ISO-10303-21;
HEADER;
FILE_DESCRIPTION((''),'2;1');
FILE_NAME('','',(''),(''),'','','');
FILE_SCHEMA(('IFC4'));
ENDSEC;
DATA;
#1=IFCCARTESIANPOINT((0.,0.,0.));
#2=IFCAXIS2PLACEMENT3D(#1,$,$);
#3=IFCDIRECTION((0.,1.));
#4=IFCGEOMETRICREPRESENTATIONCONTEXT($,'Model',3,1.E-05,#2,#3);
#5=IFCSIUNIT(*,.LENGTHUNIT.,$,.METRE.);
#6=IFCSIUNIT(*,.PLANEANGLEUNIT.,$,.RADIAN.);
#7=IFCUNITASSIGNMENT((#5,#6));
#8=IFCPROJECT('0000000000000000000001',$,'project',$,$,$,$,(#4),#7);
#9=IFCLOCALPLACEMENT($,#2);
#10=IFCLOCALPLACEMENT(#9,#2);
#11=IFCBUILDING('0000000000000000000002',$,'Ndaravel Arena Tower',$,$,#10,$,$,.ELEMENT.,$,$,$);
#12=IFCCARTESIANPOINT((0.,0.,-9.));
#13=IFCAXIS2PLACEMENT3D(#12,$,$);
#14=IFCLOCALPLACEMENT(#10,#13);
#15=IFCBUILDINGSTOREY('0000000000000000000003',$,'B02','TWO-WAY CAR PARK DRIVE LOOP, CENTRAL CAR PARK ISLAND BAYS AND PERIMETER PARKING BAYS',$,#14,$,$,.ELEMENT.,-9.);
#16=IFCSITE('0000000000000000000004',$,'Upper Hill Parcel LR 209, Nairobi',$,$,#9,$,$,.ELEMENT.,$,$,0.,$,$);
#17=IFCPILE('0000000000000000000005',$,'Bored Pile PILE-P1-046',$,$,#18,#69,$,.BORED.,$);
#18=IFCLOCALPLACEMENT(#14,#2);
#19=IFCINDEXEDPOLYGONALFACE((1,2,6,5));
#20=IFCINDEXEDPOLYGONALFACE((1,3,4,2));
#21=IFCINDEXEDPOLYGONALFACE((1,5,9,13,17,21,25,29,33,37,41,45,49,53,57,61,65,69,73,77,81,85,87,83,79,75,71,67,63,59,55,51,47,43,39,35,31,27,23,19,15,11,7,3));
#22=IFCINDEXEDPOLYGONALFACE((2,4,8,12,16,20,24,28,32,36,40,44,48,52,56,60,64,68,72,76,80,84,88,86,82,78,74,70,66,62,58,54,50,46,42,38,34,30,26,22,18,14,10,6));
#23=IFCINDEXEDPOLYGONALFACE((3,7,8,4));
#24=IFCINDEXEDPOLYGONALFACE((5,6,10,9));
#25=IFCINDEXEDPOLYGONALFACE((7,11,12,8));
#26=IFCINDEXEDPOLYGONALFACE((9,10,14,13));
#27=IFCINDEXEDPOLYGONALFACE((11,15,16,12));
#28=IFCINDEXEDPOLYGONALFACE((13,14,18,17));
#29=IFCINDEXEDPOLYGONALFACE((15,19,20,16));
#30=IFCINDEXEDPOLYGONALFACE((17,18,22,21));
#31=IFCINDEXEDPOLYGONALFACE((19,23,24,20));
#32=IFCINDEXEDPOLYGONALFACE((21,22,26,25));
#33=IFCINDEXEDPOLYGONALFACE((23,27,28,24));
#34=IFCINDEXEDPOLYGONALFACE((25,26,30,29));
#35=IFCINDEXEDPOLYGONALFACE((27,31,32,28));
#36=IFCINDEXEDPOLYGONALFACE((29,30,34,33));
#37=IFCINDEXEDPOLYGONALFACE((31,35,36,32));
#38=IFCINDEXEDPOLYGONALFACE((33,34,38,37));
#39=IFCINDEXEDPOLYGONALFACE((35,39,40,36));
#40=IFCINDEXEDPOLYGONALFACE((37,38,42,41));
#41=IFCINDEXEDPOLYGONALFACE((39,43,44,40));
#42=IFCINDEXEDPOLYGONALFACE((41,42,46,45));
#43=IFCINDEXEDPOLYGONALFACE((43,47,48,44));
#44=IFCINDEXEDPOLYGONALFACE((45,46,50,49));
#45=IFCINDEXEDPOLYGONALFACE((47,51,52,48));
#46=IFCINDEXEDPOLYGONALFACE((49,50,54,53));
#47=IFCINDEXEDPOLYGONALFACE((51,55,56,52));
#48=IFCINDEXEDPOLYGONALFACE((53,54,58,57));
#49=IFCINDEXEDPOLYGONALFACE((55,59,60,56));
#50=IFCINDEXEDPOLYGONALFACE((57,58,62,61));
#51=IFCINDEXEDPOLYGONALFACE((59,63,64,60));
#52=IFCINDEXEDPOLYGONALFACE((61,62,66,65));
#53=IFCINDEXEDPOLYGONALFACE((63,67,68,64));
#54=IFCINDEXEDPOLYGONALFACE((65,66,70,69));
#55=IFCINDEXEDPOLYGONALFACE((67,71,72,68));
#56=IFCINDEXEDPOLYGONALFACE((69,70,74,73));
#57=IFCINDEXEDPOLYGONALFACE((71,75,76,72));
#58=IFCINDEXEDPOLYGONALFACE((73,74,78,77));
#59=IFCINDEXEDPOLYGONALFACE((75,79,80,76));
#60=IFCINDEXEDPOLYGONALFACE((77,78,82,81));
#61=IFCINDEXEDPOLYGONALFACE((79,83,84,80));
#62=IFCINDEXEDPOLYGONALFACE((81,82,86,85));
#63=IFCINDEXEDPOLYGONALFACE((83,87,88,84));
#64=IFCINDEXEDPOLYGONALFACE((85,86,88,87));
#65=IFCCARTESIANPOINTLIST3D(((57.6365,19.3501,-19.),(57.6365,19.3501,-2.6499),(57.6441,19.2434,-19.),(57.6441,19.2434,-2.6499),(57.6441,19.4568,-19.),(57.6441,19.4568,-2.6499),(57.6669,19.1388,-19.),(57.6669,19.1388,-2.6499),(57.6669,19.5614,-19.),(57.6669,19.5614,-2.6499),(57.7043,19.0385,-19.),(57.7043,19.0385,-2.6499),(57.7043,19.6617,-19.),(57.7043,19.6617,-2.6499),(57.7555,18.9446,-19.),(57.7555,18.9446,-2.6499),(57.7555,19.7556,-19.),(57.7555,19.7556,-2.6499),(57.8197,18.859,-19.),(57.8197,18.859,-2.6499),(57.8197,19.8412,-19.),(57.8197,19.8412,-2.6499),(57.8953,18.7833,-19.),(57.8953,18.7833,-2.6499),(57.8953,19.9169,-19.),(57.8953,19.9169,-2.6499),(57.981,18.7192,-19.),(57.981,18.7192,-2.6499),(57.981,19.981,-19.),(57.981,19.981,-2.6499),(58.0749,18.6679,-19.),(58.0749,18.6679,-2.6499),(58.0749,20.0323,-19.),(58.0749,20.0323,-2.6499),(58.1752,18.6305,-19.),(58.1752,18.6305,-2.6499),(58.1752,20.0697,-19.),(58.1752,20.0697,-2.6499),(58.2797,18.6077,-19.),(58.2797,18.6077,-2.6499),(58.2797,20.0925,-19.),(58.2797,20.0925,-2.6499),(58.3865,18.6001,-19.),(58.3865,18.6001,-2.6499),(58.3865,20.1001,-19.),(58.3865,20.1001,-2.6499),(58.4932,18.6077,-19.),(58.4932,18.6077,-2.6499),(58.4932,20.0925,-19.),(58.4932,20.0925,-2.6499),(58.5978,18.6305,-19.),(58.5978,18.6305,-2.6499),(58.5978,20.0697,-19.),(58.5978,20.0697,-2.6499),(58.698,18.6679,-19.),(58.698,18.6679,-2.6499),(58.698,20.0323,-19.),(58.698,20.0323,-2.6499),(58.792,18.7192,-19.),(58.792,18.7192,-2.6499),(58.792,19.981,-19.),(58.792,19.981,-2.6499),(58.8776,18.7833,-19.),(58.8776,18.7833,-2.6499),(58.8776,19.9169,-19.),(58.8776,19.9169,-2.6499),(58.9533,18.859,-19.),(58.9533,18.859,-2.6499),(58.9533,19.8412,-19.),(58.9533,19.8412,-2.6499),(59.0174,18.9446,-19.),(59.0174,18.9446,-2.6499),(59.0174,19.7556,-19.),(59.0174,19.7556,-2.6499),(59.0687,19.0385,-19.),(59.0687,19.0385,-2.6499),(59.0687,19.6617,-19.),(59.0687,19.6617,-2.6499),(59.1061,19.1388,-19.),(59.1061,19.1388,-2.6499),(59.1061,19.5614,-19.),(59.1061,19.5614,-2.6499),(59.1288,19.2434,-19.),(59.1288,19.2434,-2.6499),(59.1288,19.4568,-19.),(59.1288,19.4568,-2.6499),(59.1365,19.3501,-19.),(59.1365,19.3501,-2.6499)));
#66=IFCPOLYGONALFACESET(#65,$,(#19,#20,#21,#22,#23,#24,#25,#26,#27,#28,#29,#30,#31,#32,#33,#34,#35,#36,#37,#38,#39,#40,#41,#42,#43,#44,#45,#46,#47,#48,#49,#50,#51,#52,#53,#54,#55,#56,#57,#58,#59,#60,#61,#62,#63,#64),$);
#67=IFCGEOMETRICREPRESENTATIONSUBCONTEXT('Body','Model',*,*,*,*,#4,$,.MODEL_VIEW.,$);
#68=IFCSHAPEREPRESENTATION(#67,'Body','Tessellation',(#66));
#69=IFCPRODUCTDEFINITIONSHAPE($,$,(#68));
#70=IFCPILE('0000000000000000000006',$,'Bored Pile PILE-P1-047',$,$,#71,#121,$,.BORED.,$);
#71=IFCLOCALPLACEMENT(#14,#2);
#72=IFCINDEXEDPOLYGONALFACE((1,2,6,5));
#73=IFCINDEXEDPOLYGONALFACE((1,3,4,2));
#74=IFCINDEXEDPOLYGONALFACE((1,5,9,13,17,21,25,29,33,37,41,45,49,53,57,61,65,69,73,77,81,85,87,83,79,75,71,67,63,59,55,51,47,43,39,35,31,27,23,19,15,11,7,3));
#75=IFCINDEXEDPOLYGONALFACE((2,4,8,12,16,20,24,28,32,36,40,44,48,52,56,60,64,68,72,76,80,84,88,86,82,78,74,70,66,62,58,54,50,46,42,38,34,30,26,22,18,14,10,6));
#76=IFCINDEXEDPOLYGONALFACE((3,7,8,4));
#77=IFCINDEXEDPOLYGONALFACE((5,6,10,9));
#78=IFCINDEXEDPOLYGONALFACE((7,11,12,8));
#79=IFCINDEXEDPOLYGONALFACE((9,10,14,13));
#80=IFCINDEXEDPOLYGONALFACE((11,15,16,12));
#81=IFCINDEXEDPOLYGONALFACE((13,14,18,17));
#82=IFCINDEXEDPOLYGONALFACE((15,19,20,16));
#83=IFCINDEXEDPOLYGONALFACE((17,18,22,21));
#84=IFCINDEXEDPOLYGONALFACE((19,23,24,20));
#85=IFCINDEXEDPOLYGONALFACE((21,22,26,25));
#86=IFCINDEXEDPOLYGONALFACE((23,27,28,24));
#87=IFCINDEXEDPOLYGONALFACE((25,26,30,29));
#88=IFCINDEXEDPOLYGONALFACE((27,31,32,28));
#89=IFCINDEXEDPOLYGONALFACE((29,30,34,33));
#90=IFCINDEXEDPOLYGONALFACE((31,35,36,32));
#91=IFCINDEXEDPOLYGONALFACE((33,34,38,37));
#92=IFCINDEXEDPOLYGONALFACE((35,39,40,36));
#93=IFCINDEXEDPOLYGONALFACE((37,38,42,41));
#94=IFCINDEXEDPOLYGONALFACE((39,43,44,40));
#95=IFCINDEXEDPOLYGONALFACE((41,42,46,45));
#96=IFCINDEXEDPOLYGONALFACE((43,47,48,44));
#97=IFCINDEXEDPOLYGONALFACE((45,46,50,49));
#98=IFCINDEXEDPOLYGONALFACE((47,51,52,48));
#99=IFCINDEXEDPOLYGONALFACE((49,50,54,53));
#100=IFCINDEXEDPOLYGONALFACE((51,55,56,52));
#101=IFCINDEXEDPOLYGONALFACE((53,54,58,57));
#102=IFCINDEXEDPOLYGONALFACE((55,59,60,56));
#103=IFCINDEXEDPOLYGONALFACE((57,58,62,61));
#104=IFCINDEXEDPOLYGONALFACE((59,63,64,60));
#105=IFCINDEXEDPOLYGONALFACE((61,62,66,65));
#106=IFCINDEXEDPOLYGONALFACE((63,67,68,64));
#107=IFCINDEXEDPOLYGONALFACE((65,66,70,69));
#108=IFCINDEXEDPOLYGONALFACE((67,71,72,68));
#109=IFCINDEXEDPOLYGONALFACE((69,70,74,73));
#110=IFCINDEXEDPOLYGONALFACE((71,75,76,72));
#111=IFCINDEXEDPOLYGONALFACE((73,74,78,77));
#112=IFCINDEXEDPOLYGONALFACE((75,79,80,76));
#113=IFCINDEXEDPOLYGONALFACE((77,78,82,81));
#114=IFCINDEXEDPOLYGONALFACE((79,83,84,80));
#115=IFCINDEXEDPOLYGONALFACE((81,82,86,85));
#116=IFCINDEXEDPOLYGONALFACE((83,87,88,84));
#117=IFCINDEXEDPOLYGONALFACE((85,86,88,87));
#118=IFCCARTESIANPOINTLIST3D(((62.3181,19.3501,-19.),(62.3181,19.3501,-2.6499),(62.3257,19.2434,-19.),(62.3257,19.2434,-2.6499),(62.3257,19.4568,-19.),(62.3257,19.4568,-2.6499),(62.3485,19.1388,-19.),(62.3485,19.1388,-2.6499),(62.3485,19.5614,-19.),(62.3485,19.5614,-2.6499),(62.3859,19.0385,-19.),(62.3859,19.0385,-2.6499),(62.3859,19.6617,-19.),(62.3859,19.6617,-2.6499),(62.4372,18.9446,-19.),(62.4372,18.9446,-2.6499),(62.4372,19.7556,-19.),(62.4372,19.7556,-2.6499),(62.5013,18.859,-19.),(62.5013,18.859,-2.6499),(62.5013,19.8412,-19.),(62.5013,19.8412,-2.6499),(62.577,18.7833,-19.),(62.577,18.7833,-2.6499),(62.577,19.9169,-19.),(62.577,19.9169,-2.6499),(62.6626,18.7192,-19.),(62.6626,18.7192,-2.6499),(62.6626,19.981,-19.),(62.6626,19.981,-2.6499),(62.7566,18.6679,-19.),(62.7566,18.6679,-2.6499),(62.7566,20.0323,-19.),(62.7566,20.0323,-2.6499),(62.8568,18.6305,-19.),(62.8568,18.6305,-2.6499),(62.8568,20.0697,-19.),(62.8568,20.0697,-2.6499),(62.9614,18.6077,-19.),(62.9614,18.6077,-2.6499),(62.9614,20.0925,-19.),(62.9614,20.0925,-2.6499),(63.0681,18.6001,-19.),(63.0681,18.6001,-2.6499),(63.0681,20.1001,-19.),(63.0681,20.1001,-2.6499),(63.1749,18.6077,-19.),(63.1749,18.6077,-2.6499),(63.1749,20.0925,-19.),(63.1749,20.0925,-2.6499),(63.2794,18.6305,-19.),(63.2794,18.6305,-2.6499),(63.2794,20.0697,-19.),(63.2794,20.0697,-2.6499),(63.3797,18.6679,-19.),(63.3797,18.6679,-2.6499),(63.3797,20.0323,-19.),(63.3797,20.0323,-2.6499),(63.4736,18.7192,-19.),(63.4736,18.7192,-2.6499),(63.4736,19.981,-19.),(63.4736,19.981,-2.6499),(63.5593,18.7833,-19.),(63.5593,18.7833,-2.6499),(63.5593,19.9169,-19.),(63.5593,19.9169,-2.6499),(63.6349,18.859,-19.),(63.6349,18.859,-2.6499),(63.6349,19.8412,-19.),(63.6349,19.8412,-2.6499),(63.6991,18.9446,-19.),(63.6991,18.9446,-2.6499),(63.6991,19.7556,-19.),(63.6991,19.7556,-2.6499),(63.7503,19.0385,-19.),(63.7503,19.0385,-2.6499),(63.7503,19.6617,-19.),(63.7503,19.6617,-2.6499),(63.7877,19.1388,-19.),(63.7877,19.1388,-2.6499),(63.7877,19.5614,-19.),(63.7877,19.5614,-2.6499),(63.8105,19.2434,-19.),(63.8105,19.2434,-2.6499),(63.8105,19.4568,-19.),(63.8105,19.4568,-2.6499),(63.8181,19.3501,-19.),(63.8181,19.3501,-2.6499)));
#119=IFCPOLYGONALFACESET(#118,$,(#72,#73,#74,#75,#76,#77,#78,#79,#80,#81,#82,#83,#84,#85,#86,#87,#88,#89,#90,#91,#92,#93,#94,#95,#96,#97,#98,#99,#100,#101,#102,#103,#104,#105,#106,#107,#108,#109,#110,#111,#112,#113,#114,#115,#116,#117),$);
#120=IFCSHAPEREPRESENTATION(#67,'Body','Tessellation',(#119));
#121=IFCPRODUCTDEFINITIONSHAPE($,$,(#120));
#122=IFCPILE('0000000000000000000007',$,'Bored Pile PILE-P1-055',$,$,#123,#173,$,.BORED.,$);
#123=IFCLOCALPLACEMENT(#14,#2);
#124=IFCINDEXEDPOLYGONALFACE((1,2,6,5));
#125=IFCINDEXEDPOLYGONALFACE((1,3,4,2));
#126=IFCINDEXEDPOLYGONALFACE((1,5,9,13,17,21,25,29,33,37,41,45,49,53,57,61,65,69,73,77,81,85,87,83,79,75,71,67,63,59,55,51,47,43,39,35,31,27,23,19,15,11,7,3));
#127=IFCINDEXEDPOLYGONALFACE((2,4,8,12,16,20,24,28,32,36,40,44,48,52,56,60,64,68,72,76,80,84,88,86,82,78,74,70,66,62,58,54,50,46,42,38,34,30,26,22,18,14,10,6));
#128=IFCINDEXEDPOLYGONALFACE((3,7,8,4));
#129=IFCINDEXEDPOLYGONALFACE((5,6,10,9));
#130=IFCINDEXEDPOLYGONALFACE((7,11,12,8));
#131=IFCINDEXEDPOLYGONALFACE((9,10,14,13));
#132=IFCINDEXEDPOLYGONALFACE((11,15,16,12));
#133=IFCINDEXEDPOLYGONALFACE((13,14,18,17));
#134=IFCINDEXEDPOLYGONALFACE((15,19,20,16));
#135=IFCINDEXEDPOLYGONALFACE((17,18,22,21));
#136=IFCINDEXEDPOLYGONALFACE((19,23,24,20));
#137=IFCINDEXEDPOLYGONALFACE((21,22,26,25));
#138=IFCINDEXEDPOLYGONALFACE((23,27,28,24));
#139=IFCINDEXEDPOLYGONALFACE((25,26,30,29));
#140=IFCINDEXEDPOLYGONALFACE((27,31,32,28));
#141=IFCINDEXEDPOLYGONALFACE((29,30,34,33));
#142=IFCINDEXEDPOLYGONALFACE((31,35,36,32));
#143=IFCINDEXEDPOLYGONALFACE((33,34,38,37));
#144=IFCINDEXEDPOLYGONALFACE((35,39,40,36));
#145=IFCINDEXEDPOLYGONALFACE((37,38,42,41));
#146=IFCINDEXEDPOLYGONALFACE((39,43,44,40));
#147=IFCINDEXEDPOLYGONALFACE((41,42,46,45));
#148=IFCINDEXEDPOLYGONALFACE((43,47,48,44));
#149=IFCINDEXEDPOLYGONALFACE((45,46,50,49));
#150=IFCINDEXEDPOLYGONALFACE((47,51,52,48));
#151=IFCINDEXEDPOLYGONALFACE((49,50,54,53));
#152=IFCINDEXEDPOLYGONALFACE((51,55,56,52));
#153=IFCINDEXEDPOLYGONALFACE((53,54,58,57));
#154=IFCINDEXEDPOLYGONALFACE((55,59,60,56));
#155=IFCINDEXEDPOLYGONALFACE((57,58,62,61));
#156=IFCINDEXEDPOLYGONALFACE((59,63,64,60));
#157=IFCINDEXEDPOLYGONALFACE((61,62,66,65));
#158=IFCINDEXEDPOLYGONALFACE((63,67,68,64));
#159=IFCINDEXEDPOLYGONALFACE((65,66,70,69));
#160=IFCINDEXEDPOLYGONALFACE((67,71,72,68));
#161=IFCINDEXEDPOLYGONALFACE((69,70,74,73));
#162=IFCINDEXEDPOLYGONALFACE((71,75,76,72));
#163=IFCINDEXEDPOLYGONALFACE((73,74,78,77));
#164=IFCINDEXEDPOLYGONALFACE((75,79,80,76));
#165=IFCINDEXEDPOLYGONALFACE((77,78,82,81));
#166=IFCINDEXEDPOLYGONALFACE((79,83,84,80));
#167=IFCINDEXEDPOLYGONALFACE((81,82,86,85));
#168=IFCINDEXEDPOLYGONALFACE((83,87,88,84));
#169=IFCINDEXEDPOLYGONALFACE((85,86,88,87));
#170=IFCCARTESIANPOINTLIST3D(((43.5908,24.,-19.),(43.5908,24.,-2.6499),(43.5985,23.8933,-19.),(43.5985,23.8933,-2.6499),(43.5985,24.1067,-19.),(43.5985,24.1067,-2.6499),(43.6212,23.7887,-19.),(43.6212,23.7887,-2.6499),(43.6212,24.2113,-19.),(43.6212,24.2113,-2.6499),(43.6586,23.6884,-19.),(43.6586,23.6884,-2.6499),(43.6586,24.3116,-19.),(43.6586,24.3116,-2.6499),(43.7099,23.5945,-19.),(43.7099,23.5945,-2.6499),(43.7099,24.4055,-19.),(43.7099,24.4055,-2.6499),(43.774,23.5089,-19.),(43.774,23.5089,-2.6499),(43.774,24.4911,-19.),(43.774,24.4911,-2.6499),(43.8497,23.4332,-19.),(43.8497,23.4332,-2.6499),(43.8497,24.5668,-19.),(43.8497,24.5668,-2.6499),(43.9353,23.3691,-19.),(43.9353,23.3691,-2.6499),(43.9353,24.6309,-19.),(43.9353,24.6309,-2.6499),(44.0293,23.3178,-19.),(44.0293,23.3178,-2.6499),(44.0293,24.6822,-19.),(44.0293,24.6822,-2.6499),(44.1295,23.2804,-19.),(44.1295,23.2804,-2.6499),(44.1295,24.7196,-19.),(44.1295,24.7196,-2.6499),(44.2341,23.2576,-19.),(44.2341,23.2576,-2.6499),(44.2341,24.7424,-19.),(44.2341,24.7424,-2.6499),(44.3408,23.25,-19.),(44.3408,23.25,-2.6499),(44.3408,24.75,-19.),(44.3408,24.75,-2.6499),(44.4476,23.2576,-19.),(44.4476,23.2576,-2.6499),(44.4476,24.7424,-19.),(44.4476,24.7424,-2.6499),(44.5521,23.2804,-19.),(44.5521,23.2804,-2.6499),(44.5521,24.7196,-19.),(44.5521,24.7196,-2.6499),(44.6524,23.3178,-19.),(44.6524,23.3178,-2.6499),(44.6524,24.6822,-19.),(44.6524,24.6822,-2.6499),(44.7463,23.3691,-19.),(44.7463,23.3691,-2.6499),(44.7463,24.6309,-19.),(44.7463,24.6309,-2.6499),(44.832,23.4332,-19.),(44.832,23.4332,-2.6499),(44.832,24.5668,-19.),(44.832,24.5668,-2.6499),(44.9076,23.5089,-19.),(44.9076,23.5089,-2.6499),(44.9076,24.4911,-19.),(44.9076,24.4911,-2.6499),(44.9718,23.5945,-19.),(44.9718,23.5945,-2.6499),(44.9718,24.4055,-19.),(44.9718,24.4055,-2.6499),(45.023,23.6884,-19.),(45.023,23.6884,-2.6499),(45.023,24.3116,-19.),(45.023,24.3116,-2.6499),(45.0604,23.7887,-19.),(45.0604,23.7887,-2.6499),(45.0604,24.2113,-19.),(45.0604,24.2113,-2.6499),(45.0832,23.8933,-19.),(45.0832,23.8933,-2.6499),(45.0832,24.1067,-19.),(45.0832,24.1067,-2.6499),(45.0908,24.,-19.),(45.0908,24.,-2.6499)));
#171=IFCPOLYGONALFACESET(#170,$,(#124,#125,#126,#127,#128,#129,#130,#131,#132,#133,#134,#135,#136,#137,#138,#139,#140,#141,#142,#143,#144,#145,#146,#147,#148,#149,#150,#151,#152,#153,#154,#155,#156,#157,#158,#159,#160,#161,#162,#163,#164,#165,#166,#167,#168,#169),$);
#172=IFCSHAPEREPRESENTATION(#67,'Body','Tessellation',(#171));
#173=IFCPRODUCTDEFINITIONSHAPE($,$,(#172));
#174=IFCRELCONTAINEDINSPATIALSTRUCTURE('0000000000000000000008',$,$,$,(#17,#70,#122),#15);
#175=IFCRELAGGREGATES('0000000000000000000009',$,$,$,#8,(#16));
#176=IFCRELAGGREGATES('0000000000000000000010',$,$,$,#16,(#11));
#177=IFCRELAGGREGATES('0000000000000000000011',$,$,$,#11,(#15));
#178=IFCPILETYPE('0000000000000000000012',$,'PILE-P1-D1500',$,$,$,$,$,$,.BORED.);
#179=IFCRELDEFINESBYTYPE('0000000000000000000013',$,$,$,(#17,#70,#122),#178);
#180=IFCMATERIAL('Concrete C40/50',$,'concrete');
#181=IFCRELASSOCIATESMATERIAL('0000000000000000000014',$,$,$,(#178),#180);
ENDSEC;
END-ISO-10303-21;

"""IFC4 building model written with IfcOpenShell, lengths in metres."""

from ifc_helpers import new_model, si_unit, direction, frame, origin, origin_2d, place, context, subcontext, project, spatial, circle, extrude, material, material_profile, profile_set, type_object, element, save


model = new_model("IFC4")

# Units and contexts
model_context = context("Model", 3, precision=1e-05, world=origin(), true_north=direction((0.0, 1.0)))
body_context = subcontext(model_context, "Body", "Model", "MODEL_VIEW")
ifc_project = project(units=[si_unit("LENGTHUNIT", "METRE"), si_unit("PLANEANGLEUNIT", "RADIAN")], contexts=[model_context])

# Site, building, storey
site_placement = place(None, origin())
site = spatial("IfcSite", under=ifc_project, at=site_placement, Name="Upper Hill Parcel LR 209, Nairobi", CompositionType="ELEMENT", RefElevation=0.0)
building_placement = place(site_placement, origin())
building = spatial("IfcBuilding", under=site, at=building_placement, Name="Ndaravel Arena Tower", CompositionType="ELEMENT")
storey_placement = place(building_placement, frame((0.0, 0.0, -9.0)))
storey = spatial("IfcBuildingStorey", under=building, at=storey_placement, Name="B02", Description="TWO-WAY CAR PARK DRIVE LOOP, CENTRAL CAR PARK ISLAND BAYS AND PERIMETER PARKING BAYS", CompositionType="ELEMENT", Elevation=-9.0)

# Piles
ifc_material_1 = material(Name="Concrete C40/50", Category="concrete")
ifc_material_profile_1 = material_profile(ifc_material_1, circle(Radius=0.75, at=origin_2d()), Name="BORED PILE D1500")
ifc_profile_set_1 = profile_set([ifc_material_profile_1], Name="Concrete C40/50")
pile_type = type_object("IfcPileType", Name="PILE-P1-D1500", PredefinedType="BORED", material=ifc_profile_set_1)
for number, where, z_axis, x_axis, name in (
    (1, (58.3865, 19.3501, -2.6499), (0.0, 0.0, -1.0), (1.0, 0.0, 0.0), "Bored Pile PILE-P1-046"),
    (2, (63.0681, 19.3501, -2.6499), (0.0, 0.0, -1.0), (1.0, 0.0, 0.0), "Bored Pile PILE-P1-047"),
    (3, (44.3408, 24.0, -2.6499), (0.0, 0.0, -1.0), (1.0, 0.0, 0.0), "Bored Pile PILE-P1-055"),
):
    element("IfcPile", number, at=place(storey_placement, frame(where, z_axis=z_axis, x_axis=x_axis)), inside=storey, type_object=pile_type, Name=name, PredefinedType="BORED", context=body_context, shape_type="SweptSolid", body=[
        extrude(circle(Radius=0.75, at=origin_2d()), origin(), (0.0, 0.0, 1.0), 16.3501),
    ])

save(model, "model.ifc")
